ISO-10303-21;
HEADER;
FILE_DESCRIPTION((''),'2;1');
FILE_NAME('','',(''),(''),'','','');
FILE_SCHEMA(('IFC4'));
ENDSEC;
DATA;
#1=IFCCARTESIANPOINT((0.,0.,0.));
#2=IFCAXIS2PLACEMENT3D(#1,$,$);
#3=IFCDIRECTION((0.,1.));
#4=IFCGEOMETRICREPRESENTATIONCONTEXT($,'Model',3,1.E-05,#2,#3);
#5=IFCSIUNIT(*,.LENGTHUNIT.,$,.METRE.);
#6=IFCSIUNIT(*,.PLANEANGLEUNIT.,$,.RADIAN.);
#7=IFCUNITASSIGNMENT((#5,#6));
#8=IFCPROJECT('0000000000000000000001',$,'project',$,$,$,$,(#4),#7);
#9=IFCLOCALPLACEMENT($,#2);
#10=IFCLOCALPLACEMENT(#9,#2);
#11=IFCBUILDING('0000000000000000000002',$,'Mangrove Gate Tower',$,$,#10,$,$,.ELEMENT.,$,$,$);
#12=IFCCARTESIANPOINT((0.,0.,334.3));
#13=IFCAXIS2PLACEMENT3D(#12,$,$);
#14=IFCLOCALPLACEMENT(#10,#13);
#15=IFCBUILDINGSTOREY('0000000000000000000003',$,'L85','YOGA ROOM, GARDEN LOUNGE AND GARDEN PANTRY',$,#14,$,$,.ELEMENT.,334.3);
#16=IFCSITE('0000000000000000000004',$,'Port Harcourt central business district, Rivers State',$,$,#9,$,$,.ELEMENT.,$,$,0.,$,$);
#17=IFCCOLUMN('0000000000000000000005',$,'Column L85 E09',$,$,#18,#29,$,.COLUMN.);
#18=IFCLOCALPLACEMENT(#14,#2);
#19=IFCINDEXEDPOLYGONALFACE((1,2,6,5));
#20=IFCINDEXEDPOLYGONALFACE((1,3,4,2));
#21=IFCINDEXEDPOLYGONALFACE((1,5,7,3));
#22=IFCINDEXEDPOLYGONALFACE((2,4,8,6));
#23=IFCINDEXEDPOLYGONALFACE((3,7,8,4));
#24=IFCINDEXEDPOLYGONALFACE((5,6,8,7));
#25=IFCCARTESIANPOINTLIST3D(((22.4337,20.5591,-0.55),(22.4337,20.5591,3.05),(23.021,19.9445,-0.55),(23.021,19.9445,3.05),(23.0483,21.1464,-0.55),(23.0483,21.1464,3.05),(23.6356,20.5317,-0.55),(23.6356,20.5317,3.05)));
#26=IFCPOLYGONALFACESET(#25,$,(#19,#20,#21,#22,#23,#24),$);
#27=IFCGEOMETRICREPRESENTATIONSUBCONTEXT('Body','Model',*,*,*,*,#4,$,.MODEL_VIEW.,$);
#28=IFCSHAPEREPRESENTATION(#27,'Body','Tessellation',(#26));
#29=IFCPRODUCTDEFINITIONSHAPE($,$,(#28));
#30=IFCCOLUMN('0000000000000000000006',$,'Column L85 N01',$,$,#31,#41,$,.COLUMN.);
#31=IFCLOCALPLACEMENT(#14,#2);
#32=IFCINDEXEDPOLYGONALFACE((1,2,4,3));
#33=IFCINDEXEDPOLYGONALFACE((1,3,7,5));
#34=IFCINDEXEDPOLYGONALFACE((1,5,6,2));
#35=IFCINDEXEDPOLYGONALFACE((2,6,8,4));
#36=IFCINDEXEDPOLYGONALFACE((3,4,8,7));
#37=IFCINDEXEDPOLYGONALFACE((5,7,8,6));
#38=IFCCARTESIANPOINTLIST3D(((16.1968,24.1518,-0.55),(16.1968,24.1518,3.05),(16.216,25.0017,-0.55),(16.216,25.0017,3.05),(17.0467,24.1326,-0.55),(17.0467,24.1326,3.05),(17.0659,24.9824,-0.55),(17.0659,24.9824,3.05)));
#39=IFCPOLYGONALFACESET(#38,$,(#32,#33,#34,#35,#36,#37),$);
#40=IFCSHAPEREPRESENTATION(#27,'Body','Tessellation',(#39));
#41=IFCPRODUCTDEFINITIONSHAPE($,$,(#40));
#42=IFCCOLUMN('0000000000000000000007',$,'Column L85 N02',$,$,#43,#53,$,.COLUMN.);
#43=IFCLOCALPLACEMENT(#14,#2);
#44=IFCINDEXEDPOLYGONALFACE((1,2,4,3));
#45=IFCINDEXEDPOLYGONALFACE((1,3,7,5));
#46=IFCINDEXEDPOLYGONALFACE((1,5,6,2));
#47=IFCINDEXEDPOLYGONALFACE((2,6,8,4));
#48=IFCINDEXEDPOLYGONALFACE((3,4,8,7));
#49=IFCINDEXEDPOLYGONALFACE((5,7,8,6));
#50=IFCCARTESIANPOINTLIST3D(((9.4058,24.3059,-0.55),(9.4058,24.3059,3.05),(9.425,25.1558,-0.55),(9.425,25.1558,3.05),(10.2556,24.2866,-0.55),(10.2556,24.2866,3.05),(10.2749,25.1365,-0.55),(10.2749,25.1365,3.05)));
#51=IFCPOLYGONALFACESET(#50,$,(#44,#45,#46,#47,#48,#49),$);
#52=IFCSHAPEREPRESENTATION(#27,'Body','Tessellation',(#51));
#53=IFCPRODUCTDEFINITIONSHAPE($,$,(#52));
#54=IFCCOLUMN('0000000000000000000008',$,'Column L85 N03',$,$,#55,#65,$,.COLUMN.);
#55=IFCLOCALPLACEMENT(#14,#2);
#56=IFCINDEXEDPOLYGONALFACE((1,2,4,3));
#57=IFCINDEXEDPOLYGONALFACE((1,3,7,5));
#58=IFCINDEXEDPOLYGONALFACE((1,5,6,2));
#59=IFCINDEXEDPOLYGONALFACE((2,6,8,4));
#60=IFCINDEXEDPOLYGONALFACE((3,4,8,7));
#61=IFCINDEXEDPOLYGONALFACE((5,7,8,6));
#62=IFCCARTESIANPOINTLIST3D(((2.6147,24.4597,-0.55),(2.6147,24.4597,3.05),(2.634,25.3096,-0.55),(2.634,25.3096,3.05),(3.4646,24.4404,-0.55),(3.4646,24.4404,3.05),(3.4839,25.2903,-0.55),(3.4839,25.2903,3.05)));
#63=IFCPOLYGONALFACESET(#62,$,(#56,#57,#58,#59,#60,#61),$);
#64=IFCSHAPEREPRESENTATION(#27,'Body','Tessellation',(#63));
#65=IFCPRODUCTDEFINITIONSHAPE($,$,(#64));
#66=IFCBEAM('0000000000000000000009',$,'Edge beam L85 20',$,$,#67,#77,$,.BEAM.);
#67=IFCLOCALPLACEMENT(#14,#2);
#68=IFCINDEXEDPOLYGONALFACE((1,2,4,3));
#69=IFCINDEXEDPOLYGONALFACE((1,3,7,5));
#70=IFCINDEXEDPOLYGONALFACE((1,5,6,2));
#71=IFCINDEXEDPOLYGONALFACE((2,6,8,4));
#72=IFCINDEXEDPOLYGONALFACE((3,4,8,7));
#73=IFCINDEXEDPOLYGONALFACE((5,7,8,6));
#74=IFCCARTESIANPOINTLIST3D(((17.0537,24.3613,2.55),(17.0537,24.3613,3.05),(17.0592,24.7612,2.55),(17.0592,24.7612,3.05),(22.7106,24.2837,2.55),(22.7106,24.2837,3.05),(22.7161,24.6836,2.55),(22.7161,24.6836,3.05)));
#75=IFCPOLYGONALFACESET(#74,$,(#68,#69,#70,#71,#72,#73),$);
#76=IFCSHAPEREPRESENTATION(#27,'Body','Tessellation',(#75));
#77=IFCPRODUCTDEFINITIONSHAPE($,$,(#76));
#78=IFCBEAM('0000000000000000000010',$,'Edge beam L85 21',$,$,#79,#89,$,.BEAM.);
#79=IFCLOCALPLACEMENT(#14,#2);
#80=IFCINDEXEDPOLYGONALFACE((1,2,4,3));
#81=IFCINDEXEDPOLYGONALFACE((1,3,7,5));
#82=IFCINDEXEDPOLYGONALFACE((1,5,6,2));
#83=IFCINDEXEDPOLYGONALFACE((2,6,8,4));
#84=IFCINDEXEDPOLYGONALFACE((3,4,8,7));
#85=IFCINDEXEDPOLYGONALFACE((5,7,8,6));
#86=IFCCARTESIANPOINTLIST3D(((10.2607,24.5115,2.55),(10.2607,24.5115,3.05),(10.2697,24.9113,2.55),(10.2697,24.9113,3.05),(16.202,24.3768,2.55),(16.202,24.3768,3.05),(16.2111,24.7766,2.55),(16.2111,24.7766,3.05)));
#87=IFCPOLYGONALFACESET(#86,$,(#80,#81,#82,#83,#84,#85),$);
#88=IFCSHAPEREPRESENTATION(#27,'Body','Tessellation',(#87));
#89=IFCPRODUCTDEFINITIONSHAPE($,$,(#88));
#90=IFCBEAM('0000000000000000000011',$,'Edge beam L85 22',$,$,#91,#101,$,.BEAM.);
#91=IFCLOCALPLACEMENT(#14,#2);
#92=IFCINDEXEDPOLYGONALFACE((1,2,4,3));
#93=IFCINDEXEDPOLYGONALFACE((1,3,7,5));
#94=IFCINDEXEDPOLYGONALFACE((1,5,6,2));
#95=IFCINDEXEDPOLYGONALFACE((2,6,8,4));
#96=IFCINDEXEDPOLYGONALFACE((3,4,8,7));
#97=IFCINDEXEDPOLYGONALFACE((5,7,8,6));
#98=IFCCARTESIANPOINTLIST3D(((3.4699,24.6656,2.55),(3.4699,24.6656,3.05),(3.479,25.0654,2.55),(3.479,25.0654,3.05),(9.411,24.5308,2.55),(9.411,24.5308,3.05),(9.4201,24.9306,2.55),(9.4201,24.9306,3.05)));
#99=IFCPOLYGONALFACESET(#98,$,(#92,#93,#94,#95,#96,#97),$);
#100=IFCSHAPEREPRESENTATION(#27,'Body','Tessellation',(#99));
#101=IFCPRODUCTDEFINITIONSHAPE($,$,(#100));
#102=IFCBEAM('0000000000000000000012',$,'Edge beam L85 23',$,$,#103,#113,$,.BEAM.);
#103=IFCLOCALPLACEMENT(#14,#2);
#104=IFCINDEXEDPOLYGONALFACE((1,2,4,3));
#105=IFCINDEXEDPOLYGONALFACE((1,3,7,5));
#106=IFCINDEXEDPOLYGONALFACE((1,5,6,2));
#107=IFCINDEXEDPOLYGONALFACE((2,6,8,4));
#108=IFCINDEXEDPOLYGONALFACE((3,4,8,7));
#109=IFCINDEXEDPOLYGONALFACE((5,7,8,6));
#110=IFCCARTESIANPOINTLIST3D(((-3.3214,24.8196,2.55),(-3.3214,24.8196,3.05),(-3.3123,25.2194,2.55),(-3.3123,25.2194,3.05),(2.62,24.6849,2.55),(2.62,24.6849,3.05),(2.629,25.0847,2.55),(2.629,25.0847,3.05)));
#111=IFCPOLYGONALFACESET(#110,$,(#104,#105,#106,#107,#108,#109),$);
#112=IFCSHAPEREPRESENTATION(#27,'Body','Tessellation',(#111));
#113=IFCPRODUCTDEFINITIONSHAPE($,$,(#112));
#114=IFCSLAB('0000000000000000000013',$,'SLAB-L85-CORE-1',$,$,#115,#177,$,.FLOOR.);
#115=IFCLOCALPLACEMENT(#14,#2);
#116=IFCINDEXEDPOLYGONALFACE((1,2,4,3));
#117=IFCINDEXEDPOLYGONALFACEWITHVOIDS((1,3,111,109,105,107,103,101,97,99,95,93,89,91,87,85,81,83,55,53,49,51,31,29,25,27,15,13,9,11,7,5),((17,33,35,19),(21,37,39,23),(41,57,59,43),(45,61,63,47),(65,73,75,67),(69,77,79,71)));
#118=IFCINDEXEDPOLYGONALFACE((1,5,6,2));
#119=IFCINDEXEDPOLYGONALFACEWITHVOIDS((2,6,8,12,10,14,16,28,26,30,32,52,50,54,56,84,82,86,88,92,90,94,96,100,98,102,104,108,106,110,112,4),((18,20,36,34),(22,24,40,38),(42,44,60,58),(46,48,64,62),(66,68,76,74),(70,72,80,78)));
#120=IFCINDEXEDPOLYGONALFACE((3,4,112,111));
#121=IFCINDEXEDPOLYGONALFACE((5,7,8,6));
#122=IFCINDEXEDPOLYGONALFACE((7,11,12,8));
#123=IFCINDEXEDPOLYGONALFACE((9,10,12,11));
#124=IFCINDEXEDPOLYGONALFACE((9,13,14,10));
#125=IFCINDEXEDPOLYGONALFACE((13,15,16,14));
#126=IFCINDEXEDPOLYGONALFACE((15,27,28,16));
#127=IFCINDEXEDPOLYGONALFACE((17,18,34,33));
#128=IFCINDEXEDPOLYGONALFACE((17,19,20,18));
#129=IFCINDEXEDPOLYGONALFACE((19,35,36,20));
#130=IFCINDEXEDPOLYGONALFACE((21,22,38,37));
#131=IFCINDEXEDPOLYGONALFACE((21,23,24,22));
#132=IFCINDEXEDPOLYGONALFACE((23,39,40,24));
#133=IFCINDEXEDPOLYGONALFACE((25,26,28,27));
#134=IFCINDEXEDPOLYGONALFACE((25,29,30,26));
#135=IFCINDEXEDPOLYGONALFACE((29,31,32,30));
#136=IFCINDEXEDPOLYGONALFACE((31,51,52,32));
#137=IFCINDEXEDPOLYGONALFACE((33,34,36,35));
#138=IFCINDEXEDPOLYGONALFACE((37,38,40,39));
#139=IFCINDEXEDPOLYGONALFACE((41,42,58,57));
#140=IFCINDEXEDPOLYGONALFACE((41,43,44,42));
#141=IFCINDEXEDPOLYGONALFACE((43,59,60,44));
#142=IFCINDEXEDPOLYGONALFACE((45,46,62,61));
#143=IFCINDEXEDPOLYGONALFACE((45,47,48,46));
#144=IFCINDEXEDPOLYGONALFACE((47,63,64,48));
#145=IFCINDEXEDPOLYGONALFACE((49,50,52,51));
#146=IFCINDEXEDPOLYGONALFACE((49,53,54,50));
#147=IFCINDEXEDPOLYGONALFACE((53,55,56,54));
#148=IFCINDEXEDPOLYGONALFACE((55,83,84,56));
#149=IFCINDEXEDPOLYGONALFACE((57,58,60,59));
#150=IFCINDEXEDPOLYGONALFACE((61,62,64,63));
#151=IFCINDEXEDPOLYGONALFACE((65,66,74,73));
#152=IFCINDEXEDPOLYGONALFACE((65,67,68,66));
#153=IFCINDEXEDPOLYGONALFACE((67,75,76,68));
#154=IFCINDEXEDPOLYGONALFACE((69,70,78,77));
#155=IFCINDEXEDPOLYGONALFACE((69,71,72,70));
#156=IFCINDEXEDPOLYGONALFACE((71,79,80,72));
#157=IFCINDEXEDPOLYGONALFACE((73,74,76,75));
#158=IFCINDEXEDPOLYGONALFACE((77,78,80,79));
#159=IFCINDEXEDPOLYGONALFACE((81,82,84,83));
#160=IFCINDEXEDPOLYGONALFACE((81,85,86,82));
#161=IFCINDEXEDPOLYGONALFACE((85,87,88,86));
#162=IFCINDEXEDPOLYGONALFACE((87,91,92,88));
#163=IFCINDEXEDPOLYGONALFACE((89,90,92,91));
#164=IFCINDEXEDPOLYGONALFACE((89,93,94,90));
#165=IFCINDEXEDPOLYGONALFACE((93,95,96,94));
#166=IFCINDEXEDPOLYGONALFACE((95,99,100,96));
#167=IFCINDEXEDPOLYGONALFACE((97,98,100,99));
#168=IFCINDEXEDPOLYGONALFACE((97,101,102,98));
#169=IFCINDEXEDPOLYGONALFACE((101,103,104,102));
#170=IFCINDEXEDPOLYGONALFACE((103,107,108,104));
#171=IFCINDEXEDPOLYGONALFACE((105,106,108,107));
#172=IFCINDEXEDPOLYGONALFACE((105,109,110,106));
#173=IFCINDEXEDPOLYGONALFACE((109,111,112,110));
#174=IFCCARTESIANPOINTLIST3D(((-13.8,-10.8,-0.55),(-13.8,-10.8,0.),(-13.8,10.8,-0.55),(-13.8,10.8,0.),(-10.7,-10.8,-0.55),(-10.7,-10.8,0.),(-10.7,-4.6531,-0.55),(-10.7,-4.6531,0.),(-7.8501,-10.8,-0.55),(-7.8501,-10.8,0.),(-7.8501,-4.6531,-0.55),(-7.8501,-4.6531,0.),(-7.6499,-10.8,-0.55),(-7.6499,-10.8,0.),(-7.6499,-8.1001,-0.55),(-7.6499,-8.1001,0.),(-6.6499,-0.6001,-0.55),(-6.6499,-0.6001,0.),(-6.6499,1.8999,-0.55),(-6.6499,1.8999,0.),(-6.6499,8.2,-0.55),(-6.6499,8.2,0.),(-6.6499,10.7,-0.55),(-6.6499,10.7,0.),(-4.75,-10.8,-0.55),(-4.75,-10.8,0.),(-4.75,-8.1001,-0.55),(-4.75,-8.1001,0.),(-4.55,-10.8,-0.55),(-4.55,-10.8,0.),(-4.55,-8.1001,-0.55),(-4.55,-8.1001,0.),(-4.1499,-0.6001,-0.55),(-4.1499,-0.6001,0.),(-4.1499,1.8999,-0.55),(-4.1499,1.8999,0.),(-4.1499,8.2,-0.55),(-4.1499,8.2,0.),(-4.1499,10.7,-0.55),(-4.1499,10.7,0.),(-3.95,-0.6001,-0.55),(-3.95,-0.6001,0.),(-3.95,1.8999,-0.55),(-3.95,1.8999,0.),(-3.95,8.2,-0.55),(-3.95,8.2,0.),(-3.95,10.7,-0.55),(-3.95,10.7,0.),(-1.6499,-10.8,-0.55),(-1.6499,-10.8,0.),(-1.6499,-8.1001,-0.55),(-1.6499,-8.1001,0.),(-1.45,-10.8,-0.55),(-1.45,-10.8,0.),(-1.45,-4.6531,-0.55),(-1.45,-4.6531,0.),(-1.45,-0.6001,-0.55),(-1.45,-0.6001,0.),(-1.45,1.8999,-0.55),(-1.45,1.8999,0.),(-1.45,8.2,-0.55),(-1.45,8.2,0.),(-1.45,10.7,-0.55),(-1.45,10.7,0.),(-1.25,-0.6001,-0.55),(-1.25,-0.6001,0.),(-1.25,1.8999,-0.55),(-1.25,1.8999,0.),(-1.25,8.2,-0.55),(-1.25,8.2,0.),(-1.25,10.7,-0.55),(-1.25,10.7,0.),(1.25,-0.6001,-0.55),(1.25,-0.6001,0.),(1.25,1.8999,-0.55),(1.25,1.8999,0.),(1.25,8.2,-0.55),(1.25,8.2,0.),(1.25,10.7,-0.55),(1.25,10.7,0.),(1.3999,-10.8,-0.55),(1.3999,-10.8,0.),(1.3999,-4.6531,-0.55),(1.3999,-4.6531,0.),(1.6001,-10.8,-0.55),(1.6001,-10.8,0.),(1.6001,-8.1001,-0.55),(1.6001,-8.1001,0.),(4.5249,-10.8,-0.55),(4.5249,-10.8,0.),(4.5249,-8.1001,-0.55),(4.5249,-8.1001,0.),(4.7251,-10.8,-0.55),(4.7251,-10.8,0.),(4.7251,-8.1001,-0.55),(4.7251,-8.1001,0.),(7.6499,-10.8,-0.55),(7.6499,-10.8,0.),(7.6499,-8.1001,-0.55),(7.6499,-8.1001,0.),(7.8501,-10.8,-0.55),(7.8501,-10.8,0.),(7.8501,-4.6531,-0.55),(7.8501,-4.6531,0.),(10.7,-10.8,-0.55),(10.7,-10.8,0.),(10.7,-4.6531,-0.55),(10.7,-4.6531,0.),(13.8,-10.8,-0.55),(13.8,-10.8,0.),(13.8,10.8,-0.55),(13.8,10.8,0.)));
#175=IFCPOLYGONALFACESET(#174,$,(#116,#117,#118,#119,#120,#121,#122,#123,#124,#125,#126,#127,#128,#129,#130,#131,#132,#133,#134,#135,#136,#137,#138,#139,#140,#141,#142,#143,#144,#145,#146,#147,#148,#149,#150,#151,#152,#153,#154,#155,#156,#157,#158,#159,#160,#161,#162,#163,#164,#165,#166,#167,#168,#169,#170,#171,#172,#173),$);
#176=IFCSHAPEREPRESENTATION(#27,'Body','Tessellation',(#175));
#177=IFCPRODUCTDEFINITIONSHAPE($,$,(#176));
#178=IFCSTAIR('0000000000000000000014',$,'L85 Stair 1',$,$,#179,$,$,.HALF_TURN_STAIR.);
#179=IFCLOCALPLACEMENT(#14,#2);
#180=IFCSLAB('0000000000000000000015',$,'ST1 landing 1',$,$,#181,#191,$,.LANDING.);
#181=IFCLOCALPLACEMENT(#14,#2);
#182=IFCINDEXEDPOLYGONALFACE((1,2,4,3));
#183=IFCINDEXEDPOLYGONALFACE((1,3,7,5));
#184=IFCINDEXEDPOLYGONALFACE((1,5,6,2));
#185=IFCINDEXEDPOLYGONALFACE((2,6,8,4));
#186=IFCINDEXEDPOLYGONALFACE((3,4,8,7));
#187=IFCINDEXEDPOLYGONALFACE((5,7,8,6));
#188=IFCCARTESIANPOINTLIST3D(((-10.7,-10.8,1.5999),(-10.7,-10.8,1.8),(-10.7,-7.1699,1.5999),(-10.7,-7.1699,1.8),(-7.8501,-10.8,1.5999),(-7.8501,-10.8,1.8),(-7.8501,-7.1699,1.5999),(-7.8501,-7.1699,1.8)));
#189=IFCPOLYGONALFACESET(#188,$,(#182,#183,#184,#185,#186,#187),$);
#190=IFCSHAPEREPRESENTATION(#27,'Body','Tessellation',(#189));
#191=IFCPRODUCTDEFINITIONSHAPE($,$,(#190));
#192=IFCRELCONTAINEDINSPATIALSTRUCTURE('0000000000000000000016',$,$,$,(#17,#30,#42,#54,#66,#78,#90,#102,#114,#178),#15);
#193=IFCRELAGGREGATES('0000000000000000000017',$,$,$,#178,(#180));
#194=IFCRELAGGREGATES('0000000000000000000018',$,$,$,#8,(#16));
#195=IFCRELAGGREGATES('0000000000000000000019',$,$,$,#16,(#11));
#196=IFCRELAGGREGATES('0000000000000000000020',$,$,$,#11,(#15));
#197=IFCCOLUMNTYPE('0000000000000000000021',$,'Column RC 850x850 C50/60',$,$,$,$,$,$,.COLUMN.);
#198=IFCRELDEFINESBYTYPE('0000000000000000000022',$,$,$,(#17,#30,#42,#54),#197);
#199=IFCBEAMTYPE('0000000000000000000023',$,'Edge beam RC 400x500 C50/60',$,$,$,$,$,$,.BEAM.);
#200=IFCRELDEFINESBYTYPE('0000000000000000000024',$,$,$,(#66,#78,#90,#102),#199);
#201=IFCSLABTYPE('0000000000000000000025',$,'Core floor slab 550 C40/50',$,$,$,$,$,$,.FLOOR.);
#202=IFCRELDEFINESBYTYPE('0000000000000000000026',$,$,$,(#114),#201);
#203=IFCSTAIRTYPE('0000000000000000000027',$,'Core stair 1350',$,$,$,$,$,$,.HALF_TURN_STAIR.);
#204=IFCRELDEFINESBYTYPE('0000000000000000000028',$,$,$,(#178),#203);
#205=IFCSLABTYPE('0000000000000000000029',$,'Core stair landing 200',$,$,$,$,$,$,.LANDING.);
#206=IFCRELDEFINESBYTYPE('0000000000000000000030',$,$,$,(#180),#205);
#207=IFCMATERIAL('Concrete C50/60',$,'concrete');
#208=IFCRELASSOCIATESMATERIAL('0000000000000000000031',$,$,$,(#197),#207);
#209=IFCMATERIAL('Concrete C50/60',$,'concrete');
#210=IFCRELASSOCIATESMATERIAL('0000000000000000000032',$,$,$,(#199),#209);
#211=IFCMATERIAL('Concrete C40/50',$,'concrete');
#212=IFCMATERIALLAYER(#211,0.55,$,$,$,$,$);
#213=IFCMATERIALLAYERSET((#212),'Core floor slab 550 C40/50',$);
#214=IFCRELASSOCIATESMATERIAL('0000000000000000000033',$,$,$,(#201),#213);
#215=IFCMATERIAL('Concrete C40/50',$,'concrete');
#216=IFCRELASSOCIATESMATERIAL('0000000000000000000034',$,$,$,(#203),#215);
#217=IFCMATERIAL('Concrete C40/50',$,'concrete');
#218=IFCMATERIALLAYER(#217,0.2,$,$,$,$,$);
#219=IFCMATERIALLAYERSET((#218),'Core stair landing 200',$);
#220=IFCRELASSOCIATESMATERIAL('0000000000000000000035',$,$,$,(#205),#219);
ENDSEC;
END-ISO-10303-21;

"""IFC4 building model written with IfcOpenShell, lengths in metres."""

from ifc_helpers import new_model, si_unit, direction, frame, origin, origin_2d, place, context, subcontext, project, spatial, polyline, rectangle, outline, extrude, material, layer, layer_set, material_profile, profile_set, type_object, element, aggregate, save


model = new_model("IFC4")

# Units and contexts
model_context = context("Model", 3, precision=1e-05, world=origin(), true_north=direction((0.0, 1.0)))
body_context = subcontext(model_context, "Body", "Model", "MODEL_VIEW")
ifc_project = project(units=[si_unit("LENGTHUNIT", "METRE"), si_unit("PLANEANGLEUNIT", "RADIAN")], contexts=[model_context])

# Site, building, storey
site_placement = place(None, origin())
site = spatial("IfcSite", under=ifc_project, at=site_placement, Name="Port Harcourt central business district, Rivers State", CompositionType="ELEMENT", RefElevation=0.0)
building_placement = place(site_placement, origin())
building = spatial("IfcBuilding", under=site, at=building_placement, Name="Mangrove Gate Tower", CompositionType="ELEMENT")
storey_placement = place(building_placement, frame((0.0, 0.0, 334.3)))
storey = spatial("IfcBuildingStorey", under=building, at=storey_placement, Name="L85", Description="YOGA ROOM, GARDEN LOUNGE AND GARDEN PANTRY", CompositionType="ELEMENT", Elevation=334.3)

# Columns
ifc_material_1 = material(Name="Concrete C50/60", Category="concrete")
ifc_material_profile_1 = material_profile(ifc_material_1, rectangle(XDim=0.8501, YDim=0.8501, at=origin_2d()))
ifc_profile_set_1 = profile_set([ifc_material_profile_1], Name="Concrete C50/60")
column_type = type_object("IfcColumnType", Name="Column RC 850x850 C50/60", PredefinedType="COLUMN", material=ifc_profile_set_1)
for number, where, z_axis, x_axis, name in (
    (1, (23.0347, 20.5454, -0.55), (0.0, 0.0, 1.0), (-0.690837, 0.72301, 0.0), "Column L85 E09"),
    (2, (16.6313, 24.5671, -0.55), (0.0, 0.0, 1.0), (-0.999743, 0.02267, 0.0), "Column L85 N01"),
    (3, (9.8403, 24.7212, -0.55), (0.0, 0.0, 1.0), (-0.999743, 0.022671, 0.0), "Column L85 N02"),
    (4, (3.0493, 24.875, -0.55), (0.0, 0.0, 1.0), (-0.999743, 0.022671, 0.0), "Column L85 N03"),
):
    element("IfcColumn", number, at=place(storey_placement, frame(where, z_axis=z_axis, x_axis=x_axis)), inside=storey, type_object=column_type, Name=name, PredefinedType="COLUMN", context=body_context, shape_type="SweptSolid", body=[
        extrude(rectangle(XDim=0.8501, YDim=0.8501, at=origin_2d()), origin(), (0.0, 0.0, 1.0), 3.6001),
    ])

# Beams
ifc_material_2 = material(Name="Concrete C50/60", Category="concrete")
ifc_material_profile_2 = material_profile(ifc_material_2, rectangle(XDim=0.3999, YDim=0.5, at=origin_2d()))
ifc_profile_set_2 = profile_set([ifc_material_profile_2], Name="Concrete C50/60")
beam_type = type_object("IfcBeamType", Name="Edge beam RC 400x500 C50/60", PredefinedType="BEAM", material=ifc_profile_set_2)
beam_1_placement = place(storey_placement, frame((22.7134, 24.4836, 2.8), z_axis=(-0.999906, 0.013723, 0.0), x_axis=(-0.013723, -0.999906, 0.0)))
element("IfcBeam", 5, at=beam_1_placement, inside=storey, type_object=beam_type, Name="Edge beam L85 20", PredefinedType="BEAM", context=body_context, shape_type="SweptSolid", body=[
    extrude(rectangle(XDim=0.3999, YDim=0.5, at=origin_2d()), origin(), (0.0, 0.0, 1.0), 5.6575),
])
beam_2_placement = place(storey_placement, frame((16.2065, 24.5767, 2.8), z_axis=(-0.999743, 0.022677, 0.0), x_axis=(-0.022677, -0.999743, 0.0)))
element("IfcBeam", 6, at=beam_2_placement, inside=storey, type_object=beam_type, Name="Edge beam L85 21", PredefinedType="BEAM", context=body_context, shape_type="SweptSolid", body=[
    extrude(rectangle(XDim=0.3999, YDim=0.5, at=origin_2d()), origin(), (0.0, 0.0, 1.0), 5.9429),
])
beam_3_placement = place(storey_placement, frame((9.4155, 24.7307, 2.8), z_axis=(-0.999743, 0.022678, 0.0), x_axis=(-0.022678, -0.999743, 0.0)))
element("IfcBeam", 7, at=beam_3_placement, inside=storey, type_object=beam_type, Name="Edge beam L85 22", PredefinedType="BEAM", context=body_context, shape_type="SweptSolid", body=[
    extrude(rectangle(XDim=0.3999, YDim=0.5, at=origin_2d()), origin(), (0.0, 0.0, 1.0), 5.9426),
])
beam_4_placement = place(storey_placement, frame((2.6245, 24.8848, 2.8), z_axis=(-0.999743, 0.022677, 0.0), x_axis=(-0.022677, -0.999743, 0.0)))
element("IfcBeam", 8, at=beam_4_placement, inside=storey, type_object=beam_type, Name="Edge beam L85 23", PredefinedType="BEAM", context=body_context, shape_type="SweptSolid", body=[
    extrude(rectangle(XDim=0.3999, YDim=0.5, at=origin_2d()), origin(), (0.0, 0.0, 1.0), 5.9429),
])

# Slab
ifc_material_3 = material(Name="Concrete C40/50", Category="concrete")
ifc_layer_1 = layer(ifc_material_3, 0.55)
ifc_layer_set_1 = layer_set([ifc_layer_1], Name="Core floor slab 550 C40/50")
slab_type_1 = type_object("IfcSlabType", Name="Core floor slab 550 C40/50", PredefinedType="FLOOR", material=ifc_layer_set_1)
slab_1_placement = place(storey_placement, frame((0.0, 0.0, -0.55)))
element("IfcSlab", 9, at=slab_1_placement, inside=storey, type_object=slab_type_1, Name="SLAB-L85-CORE-1", PredefinedType="FLOOR", context=body_context, shape_type="SweptSolid", body=[
    extrude(outline(polyline([(-13.8, -10.8), (-13.8, 10.8), (13.8, 10.8), (13.8, -10.8), (10.7, -10.8), (10.7, -4.6531), (7.8501, -4.6531), (7.8501, -10.8), (7.6499, -10.8), (7.6499, -8.1001), (4.7251, -8.1001), (4.7251, -10.8), (4.5249, -10.8), (4.5249, -8.1001), (1.6001, -8.1001), (1.6001, -10.8), (1.3999, -10.8), (1.3999, -4.6531), (-1.45, -4.6531), (-1.45, -10.8), (-1.6499, -10.8), (-1.6499, -8.1001), (-4.55, -8.1001), (-4.55, -10.8), (-4.75, -10.8), (-4.75, -8.1001), (-7.6499, -8.1001), (-7.6499, -10.8), (-7.8501, -10.8), (-7.8501, -4.6531), (-10.7, -4.6531), (-10.7, -10.8), (-13.8, -10.8)]), holes=[polyline([(-4.1499, 1.8999), (-6.6499, 1.8999), (-6.6499, -0.6001), (-4.1499, -0.6001), (-4.1499, 1.8999)]), polyline([(-1.45, -0.6001), (-1.45, 1.8999), (-3.95, 1.8999), (-3.95, -0.6001), (-1.45, -0.6001)]), polyline([(-4.1499, 8.2), (-4.1499, 10.7), (-6.6499, 10.7), (-6.6499, 8.2), (-4.1499, 8.2)]), polyline([(-1.45, 10.7), (-3.95, 10.7), (-3.95, 8.2), (-1.45, 8.2), (-1.45, 10.7)]), polyline([(1.25, -0.6001), (1.25, 1.8999), (-1.25, 1.8999), (-1.25, -0.6001), (1.25, -0.6001)]), polyline([(1.25, 8.2), (1.25, 10.7), (-1.25, 10.7), (-1.25, 8.2), (1.25, 8.2)])]), origin(), (0.0, 0.0, 1.0), 0.55),
])

# Stair, slab
ifc_material_4 = material(Name="Concrete C40/50", Category="concrete")
stair_type = type_object("IfcStairType", Name="Core stair 1350", PredefinedType="HALF_TURN_STAIR", material=ifc_material_4)
stair_1_placement = place(storey_placement, origin())
stair_1 = element("IfcStair", 10, at=stair_1_placement, inside=storey, type_object=stair_type, Name="L85 Stair 1", PredefinedType="HALF_TURN_STAIR")
ifc_material_5 = material(Name="Concrete C40/50", Category="concrete")
ifc_layer_2 = layer(ifc_material_5, 0.2)
ifc_layer_set_2 = layer_set([ifc_layer_2], Name="Core stair landing 200")
slab_type_2 = type_object("IfcSlabType", Name="Core stair landing 200", PredefinedType="LANDING", material=ifc_layer_set_2)
slab_2_placement = place(storey_placement, frame((0.0, 0.0, 1.5999)))
slab_2 = element("IfcSlab", 11, at=slab_2_placement, type_object=slab_type_2, Name="ST1 landing 1", PredefinedType="LANDING", context=body_context, shape_type="SweptSolid", body=[
    extrude(outline(polyline([(-10.7, -7.1699), (-10.7, -10.8), (-7.8501, -10.8), (-7.8501, -7.1699), (-10.7, -7.1699)])), origin(), (0.0, 0.0, 1.0), 0.2002),
])
aggregate(stair_1, [slab_2])

save(model, "model.ifc")
